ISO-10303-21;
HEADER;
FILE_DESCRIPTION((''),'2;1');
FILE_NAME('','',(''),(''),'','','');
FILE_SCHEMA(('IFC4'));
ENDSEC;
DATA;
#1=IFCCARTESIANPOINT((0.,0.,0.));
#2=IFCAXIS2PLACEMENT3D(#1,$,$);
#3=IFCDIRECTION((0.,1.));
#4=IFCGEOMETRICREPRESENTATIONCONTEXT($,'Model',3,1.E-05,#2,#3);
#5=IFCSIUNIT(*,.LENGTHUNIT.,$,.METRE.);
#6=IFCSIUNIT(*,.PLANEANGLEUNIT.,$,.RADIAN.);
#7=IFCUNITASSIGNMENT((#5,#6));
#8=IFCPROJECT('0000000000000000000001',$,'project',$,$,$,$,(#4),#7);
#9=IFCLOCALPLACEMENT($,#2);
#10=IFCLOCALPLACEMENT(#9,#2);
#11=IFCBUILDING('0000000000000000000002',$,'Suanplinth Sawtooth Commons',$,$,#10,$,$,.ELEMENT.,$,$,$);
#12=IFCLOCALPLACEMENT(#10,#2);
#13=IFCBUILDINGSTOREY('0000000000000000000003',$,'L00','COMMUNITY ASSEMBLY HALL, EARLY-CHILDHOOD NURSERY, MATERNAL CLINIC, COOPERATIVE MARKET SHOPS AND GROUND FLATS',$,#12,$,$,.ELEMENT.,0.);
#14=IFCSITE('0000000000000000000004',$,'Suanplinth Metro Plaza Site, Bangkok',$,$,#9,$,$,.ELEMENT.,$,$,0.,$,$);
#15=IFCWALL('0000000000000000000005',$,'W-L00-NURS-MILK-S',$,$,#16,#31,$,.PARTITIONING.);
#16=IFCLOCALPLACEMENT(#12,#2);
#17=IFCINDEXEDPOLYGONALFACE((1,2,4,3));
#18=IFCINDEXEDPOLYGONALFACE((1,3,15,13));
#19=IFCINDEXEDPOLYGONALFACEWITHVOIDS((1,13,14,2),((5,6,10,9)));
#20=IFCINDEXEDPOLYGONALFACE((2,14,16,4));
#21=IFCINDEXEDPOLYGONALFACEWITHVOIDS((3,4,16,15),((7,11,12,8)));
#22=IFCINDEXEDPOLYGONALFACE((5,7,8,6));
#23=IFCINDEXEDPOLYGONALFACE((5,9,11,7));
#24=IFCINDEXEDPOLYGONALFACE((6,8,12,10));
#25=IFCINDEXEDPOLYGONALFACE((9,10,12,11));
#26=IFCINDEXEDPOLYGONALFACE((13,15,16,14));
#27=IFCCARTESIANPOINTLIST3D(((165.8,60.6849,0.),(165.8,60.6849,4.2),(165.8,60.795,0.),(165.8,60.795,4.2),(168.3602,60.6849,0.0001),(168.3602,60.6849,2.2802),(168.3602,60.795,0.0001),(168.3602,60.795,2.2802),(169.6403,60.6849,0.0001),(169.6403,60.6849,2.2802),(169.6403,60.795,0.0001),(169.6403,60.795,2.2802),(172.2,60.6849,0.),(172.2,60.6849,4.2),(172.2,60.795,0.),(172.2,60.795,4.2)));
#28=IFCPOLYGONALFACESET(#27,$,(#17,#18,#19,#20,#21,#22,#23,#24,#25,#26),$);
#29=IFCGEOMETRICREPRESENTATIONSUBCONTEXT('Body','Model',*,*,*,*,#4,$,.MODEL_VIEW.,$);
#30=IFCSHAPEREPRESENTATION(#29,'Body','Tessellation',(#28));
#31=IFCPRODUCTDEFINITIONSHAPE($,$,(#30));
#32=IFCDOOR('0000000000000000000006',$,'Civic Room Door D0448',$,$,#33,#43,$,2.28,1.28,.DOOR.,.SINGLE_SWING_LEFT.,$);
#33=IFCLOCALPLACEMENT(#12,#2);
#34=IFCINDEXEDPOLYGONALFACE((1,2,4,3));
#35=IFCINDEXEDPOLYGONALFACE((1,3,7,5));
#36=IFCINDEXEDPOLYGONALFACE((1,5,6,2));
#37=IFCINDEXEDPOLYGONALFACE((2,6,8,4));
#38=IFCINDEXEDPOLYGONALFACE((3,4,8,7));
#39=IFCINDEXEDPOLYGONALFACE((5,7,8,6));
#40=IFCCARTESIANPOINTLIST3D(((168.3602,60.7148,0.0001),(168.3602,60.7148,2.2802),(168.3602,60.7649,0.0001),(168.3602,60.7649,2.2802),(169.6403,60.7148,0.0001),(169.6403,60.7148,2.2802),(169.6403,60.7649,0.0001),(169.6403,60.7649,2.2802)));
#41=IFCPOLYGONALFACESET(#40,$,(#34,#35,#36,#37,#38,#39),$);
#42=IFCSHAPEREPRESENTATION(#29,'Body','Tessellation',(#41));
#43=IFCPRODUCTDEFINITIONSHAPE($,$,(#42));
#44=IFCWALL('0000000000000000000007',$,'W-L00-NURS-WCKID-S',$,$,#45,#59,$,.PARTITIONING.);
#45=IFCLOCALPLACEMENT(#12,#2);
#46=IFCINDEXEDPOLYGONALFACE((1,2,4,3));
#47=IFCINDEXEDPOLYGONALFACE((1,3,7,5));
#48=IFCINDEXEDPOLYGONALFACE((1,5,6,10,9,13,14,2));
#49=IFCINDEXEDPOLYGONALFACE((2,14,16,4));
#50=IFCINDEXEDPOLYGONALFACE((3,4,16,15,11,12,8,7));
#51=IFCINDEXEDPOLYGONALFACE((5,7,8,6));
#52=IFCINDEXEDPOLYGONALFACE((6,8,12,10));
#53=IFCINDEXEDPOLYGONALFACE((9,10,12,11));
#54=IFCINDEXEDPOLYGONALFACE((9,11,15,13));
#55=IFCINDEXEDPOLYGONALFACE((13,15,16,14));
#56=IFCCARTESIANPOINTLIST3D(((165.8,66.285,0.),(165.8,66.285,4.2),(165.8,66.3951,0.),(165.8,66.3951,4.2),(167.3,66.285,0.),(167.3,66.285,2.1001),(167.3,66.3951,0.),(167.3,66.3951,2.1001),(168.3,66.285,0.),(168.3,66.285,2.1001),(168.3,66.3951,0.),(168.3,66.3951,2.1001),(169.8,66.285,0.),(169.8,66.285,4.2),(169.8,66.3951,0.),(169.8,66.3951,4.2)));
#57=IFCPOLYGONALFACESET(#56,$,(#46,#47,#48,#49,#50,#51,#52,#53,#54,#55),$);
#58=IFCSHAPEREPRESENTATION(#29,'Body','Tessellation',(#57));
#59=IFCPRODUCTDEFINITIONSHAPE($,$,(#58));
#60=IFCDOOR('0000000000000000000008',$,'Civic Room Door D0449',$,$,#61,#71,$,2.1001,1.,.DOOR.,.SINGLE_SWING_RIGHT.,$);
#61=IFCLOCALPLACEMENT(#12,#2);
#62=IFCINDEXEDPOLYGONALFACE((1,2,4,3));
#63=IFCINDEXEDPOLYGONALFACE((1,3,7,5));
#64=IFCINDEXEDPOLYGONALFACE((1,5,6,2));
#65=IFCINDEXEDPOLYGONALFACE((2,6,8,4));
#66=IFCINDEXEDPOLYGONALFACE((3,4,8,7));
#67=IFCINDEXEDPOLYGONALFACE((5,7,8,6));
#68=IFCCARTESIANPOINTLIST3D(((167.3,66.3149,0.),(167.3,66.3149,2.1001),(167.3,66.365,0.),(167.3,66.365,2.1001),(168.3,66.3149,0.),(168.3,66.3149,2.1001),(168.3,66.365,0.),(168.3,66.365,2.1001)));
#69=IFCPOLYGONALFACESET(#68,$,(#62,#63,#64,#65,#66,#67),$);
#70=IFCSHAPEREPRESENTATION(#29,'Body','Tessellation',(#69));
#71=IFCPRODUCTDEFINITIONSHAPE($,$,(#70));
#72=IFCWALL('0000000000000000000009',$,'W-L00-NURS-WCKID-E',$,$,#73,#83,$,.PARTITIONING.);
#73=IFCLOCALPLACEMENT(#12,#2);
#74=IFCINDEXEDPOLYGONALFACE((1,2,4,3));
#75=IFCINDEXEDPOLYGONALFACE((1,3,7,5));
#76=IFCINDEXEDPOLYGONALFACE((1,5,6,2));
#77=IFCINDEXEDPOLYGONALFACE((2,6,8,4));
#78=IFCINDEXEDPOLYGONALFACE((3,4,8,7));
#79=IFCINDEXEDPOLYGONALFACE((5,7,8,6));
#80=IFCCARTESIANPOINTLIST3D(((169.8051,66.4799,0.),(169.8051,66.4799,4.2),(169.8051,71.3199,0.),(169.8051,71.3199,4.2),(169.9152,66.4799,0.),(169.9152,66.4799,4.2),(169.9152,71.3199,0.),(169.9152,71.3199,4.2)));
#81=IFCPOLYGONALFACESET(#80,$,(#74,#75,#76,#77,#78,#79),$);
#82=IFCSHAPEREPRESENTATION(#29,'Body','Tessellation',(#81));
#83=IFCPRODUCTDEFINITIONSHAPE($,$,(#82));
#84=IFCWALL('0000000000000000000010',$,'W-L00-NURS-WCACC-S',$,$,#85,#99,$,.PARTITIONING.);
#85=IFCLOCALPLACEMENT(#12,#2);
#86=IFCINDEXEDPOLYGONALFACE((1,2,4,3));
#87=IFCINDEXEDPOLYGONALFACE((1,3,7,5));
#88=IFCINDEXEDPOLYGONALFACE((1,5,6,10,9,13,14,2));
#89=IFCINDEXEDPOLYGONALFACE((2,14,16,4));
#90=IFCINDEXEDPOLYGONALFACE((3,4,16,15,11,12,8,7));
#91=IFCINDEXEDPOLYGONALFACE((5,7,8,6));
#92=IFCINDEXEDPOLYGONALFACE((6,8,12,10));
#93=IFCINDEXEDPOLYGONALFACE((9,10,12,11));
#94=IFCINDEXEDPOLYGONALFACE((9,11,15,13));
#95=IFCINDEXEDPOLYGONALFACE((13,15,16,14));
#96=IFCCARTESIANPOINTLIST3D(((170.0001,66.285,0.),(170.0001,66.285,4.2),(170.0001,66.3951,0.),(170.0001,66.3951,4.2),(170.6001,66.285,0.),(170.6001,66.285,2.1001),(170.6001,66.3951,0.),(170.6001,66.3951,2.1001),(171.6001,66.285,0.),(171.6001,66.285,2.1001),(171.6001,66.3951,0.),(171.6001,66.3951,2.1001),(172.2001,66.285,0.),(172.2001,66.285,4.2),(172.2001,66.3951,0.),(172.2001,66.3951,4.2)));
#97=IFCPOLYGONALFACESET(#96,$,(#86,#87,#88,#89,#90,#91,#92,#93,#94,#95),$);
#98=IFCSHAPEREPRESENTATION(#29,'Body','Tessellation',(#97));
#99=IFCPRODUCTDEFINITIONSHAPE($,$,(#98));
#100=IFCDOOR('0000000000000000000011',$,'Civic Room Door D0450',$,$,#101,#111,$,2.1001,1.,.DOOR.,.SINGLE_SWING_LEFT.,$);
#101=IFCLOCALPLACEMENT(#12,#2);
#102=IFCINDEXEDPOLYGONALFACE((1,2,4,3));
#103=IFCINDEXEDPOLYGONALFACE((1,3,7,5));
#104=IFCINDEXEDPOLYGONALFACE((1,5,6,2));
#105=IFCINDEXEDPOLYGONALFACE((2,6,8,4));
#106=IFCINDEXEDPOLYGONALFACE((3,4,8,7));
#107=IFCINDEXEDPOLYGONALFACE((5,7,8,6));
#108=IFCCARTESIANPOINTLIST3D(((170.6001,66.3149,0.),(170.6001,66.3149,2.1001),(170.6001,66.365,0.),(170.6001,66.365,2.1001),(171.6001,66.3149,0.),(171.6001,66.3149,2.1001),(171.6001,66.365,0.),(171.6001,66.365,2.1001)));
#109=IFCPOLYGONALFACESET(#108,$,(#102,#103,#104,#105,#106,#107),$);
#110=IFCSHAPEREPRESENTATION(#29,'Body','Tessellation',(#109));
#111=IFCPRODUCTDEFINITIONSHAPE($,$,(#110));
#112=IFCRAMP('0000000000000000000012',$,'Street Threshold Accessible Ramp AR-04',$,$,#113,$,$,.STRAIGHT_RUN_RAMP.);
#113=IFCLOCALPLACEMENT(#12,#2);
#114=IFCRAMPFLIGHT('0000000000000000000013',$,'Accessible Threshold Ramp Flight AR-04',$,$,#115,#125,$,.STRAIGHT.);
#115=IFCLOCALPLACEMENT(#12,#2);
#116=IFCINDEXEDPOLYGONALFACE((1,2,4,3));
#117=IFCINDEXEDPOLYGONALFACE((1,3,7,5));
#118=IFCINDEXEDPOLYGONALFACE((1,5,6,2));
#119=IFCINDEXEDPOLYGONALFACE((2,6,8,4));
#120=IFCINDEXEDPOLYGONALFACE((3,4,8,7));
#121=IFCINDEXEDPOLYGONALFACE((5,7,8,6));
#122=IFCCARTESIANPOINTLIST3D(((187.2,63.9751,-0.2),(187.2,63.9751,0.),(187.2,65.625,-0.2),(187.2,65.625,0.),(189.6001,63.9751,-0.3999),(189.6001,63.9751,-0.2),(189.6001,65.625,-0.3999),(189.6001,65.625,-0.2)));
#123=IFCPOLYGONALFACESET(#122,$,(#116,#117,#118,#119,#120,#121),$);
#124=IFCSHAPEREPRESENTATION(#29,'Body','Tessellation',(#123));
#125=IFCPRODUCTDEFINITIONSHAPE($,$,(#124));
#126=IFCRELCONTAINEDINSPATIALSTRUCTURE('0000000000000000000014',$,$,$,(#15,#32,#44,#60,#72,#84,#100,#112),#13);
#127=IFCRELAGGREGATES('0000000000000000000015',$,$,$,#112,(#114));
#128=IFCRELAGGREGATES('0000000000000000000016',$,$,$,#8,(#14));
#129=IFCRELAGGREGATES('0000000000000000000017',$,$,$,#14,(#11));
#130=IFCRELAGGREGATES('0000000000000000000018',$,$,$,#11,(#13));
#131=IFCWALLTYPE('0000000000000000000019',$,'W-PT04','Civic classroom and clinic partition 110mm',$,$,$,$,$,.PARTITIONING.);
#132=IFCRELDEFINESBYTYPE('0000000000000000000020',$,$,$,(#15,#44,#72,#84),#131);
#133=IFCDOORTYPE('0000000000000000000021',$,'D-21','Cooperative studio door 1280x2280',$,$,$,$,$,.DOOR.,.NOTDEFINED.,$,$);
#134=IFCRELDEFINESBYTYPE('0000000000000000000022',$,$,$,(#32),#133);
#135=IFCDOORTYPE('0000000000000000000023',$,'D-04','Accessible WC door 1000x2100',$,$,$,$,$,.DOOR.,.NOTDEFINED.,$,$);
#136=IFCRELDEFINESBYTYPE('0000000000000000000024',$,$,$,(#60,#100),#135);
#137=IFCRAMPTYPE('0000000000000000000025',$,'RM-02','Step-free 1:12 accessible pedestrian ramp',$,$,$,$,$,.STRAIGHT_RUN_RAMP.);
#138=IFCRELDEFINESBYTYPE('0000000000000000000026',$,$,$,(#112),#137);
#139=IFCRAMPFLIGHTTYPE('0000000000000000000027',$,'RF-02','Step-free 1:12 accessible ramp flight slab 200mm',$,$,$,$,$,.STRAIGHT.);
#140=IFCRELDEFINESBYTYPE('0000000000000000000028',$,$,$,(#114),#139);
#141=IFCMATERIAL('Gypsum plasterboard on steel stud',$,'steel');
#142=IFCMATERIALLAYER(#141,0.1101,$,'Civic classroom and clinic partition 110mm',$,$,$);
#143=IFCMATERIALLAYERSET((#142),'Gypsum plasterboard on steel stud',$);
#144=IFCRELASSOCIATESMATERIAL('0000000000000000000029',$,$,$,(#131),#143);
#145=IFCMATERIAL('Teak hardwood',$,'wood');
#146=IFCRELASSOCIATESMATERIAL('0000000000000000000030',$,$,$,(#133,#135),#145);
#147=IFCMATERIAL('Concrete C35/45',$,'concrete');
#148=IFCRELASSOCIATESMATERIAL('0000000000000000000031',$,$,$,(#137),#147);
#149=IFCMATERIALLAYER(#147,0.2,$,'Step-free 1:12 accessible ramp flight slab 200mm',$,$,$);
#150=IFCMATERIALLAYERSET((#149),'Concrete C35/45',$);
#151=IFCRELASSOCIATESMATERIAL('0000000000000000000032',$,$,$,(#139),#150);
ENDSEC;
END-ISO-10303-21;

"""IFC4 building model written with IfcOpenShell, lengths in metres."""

from ifc_helpers import new_model, si_unit, direction, frame, frame_2d, origin, place, context, subcontext, project, spatial, polyline, rectangle, outline, extrude, material, layer, layer_set, type_object, element, fill, aggregate, save


model = new_model("IFC4")

# Units and contexts
model_context = context("Model", 3, precision=1e-05, world=origin(), true_north=direction((0.0, 1.0)))
body_context = subcontext(model_context, "Body", "Model", "MODEL_VIEW")
ifc_project = project(units=[si_unit("LENGTHUNIT", "METRE"), si_unit("PLANEANGLEUNIT", "RADIAN")], contexts=[model_context])

# Site, building, storey
site_placement = place(None, origin())
site = spatial("IfcSite", under=ifc_project, at=site_placement, Name="Suanplinth Metro Plaza Site, Bangkok", CompositionType="ELEMENT", RefElevation=0.0)
building_placement = place(site_placement, origin())
building = spatial("IfcBuilding", under=site, at=building_placement, Name="Suanplinth Sawtooth Commons", CompositionType="ELEMENT")
storey_placement = place(building_placement, origin())
storey = spatial("IfcBuildingStorey", under=building, at=storey_placement, Name="L00", Description="COMMUNITY ASSEMBLY HALL, EARLY-CHILDHOOD NURSERY, MATERNAL CLINIC, COOPERATIVE MARKET SHOPS AND GROUND FLATS", CompositionType="ELEMENT", Elevation=0.0)

# Shared definitions
ifc_material_1 = material(Name="Gypsum plasterboard on steel stud", Category="steel")
ifc_layer_1 = layer(ifc_material_1, 0.1101, Name="Civic classroom and clinic partition 110mm")
ifc_layer_set_1 = layer_set([ifc_layer_1], Name="Gypsum plasterboard on steel stud")
wall_type_1 = type_object("IfcWallType", Name="W-PT04", Description="Civic classroom and clinic partition 110mm", PredefinedType="PARTITIONING", material=ifc_layer_set_1)

# Walls, openings, doors
wall_1_placement = place(storey_placement, frame((165.8, 60.74, 0.0), z_axis=(0.0, 0.0, 1.0), x_axis=(1.0, 0.0, 0.0)))
wall_1 = element("IfcWall", 1, at=wall_1_placement, inside=storey, type_object=wall_type_1, Name="W-L00-NURS-MILK-S", PredefinedType="PARTITIONING", context=body_context, shape_type="SweptSolid", body=[
    extrude(rectangle(XDim=6.3999, YDim=0.1101, at=frame_2d((3.2, 0.0))), origin(), (0.0, 0.0, 1.0), 4.2),
])
opening_1_placement = place(wall_1_placement, frame((2.5601, 0.0, 0.0)))
opening_1 = element("IfcOpeningElement", 2, at=opening_1_placement, cuts=wall_1, PredefinedType="OPENING", context=body_context, shape_type="SweptSolid", body=[
    extrude(rectangle(XDim=1.28, YDim=2.28, at=frame_2d((0.6401, 1.1401))), frame((0.0, 0.0698, 0.0), z_axis=(0.0, -1.0, 0.0), x_axis=(1.0, 0.0, 0.0)), (0.0, 0.0, 1.0), 0.1399),
])
ifc_material_2 = material(Name="Teak hardwood", Category="wood")
door_type_1 = type_object("IfcDoorType", Name="D-21", Description="Cooperative studio door 1280x2280", OperationType="NOTDEFINED", PredefinedType="DOOR", material=ifc_material_2)
door_1_placement = place(opening_1_placement, origin())
door_1 = element("IfcDoor", 3, at=door_1_placement, inside=storey, type_object=door_type_1, Name="Civic Room Door D0448", OperationType="SINGLE_SWING_LEFT", OverallHeight=2.28, OverallWidth=1.28, PredefinedType="DOOR", context=body_context, shape_type="SweptSolid", body=[
    extrude(rectangle(XDim=1.28, YDim=2.28, at=frame_2d((0.6401, 1.1401))), frame((0.0, 0.0249, 0.0), z_axis=(0.0, -1.0, 0.0), x_axis=(1.0, 0.0, 0.0)), (0.0, 0.0, 1.0), 0.05),
])
fill(opening_1, door_1)
wall_2_placement = place(storey_placement, frame((165.8, 66.3401, 0.0), z_axis=(0.0, 0.0, 1.0), x_axis=(1.0, 0.0, 0.0)))
wall_2 = element("IfcWall", 4, at=wall_2_placement, inside=storey, type_object=wall_type_1, Name="W-L00-NURS-WCKID-S", PredefinedType="PARTITIONING", context=body_context, shape_type="SweptSolid", body=[
    extrude(rectangle(XDim=4.0, YDim=0.1101, at=frame_2d((2.0, 0.0))), origin(), (0.0, 0.0, 1.0), 4.2),
])
opening_2_placement = place(wall_2_placement, frame((1.5, 0.0, 0.0)))
opening_2 = element("IfcOpeningElement", 5, at=opening_2_placement, cuts=wall_2, PredefinedType="OPENING", context=body_context, shape_type="SweptSolid", body=[
    extrude(rectangle(XDim=1.0, YDim=2.1001, at=frame_2d((0.5, 1.05))), frame((0.0, 0.0698, 0.0), z_axis=(0.0, -1.0, 0.0), x_axis=(1.0, 0.0, 0.0)), (0.0, 0.0, 1.0), 0.1399),
])
door_type_2 = type_object("IfcDoorType", Name="D-04", Description="Accessible WC door 1000x2100", OperationType="NOTDEFINED", PredefinedType="DOOR", material=ifc_material_2)
door_2_placement = place(opening_2_placement, origin())
door_2 = element("IfcDoor", 6, at=door_2_placement, inside=storey, type_object=door_type_2, Name="Civic Room Door D0449", OperationType="SINGLE_SWING_RIGHT", OverallHeight=2.1001, OverallWidth=1.0, PredefinedType="DOOR", context=body_context, shape_type="SweptSolid", body=[
    extrude(rectangle(XDim=1.0, YDim=2.1001, at=frame_2d((0.5, 1.05))), frame((0.0, 0.0249, 0.0), z_axis=(0.0, -1.0, 0.0), x_axis=(1.0, 0.0, 0.0)), (0.0, 0.0, 1.0), 0.05),
])
fill(opening_2, door_2)

# Wall
wall_3_placement = place(storey_placement, frame((169.8601, 66.48, 0.0), z_axis=(0.0, 0.0, 1.0), x_axis=(0.0, 1.0, 0.0)))
element("IfcWall", 7, at=wall_3_placement, inside=storey, type_object=wall_type_1, Name="W-L00-NURS-WCKID-E", PredefinedType="PARTITIONING", context=body_context, shape_type="SweptSolid", body=[
    extrude(rectangle(XDim=4.8401, YDim=0.1101, at=frame_2d((2.4199, 0.0))), origin(), (0.0, 0.0, 1.0), 4.2),
])

# Wall, opening, door
wall_4_placement = place(storey_placement, frame((170.0, 66.3401, 0.0), z_axis=(0.0, 0.0, 1.0), x_axis=(1.0, 0.0, 0.0)))
wall_4 = element("IfcWall", 8, at=wall_4_placement, inside=storey, type_object=wall_type_1, Name="W-L00-NURS-WCACC-S", PredefinedType="PARTITIONING", context=body_context, shape_type="SweptSolid", body=[
    extrude(rectangle(XDim=2.2, YDim=0.1101, at=frame_2d((1.1001, 0.0))), origin(), (0.0, 0.0, 1.0), 4.2),
])
opening_3_placement = place(wall_4_placement, frame((0.6001, 0.0, 0.0)))
opening_3 = element("IfcOpeningElement", 9, at=opening_3_placement, cuts=wall_4, PredefinedType="OPENING", context=body_context, shape_type="SweptSolid", body=[
    extrude(rectangle(XDim=1.0, YDim=2.1001, at=frame_2d((0.5, 1.05))), frame((0.0, 0.0698, 0.0), z_axis=(0.0, -1.0, 0.0), x_axis=(1.0, 0.0, 0.0)), (0.0, 0.0, 1.0), 0.1399),
])
door_3_placement = place(opening_3_placement, origin())
door_3 = element("IfcDoor", 10, at=door_3_placement, inside=storey, type_object=door_type_2, Name="Civic Room Door D0450", OperationType="SINGLE_SWING_LEFT", OverallHeight=2.1001, OverallWidth=1.0, PredefinedType="DOOR", context=body_context, shape_type="SweptSolid", body=[
    extrude(rectangle(XDim=1.0, YDim=2.1001, at=frame_2d((0.5, 1.05))), frame((0.0, 0.0249, 0.0), z_axis=(0.0, -1.0, 0.0), x_axis=(1.0, 0.0, 0.0)), (0.0, 0.0, 1.0), 0.05),
])
fill(opening_3, door_3)

# Ramp, ramp flight
ifc_material_3 = material(Name="Concrete C35/45", Category="concrete")
ramp_type = type_object("IfcRampType", Name="RM-02", Description="Step-free 1:12 accessible pedestrian ramp", PredefinedType="STRAIGHT_RUN_RAMP", material=ifc_material_3)
ramp_placement = place(storey_placement, origin())
ramp = element("IfcRamp", 11, at=ramp_placement, inside=storey, type_object=ramp_type, Name="Street Threshold Accessible Ramp AR-04", PredefinedType="STRAIGHT_RUN_RAMP")
ifc_layer_2 = layer(ifc_material_3, 0.2, Name="Step-free 1:12 accessible ramp flight slab 200mm")
ifc_layer_set_2 = layer_set([ifc_layer_2], Name="Concrete C35/45")
ramp_flight_type = type_object("IfcRampFlightType", Name="RF-02", Description="Step-free 1:12 accessible ramp flight slab 200mm", PredefinedType="STRAIGHT", material=ifc_layer_set_2)
ramp_flight_placement = place(storey_placement, frame((187.2, 64.8, 0.0), z_axis=(0.0, 0.0, 1.0), x_axis=(1.0, 0.0, 0.0)))
ramp_flight = element("IfcRampFlight", 12, at=ramp_flight_placement, type_object=ramp_flight_type, Name="Accessible Threshold Ramp Flight AR-04", PredefinedType="STRAIGHT", context=body_context, shape_type="SweptSolid", body=[
    extrude(outline(polyline([(0.0, 0.0), (0.0, -0.2), (2.4001, -0.3999), (2.4001, -0.2), (0.0, 0.0)])), frame((0.0, 0.825, 0.0), z_axis=(0.0, -1.0, 0.0), x_axis=(1.0, 0.0, 0.0)), (0.0, 0.0, 1.0), 1.6499),
])
aggregate(ramp, [ramp_flight])

save(model, "model.ifc")
